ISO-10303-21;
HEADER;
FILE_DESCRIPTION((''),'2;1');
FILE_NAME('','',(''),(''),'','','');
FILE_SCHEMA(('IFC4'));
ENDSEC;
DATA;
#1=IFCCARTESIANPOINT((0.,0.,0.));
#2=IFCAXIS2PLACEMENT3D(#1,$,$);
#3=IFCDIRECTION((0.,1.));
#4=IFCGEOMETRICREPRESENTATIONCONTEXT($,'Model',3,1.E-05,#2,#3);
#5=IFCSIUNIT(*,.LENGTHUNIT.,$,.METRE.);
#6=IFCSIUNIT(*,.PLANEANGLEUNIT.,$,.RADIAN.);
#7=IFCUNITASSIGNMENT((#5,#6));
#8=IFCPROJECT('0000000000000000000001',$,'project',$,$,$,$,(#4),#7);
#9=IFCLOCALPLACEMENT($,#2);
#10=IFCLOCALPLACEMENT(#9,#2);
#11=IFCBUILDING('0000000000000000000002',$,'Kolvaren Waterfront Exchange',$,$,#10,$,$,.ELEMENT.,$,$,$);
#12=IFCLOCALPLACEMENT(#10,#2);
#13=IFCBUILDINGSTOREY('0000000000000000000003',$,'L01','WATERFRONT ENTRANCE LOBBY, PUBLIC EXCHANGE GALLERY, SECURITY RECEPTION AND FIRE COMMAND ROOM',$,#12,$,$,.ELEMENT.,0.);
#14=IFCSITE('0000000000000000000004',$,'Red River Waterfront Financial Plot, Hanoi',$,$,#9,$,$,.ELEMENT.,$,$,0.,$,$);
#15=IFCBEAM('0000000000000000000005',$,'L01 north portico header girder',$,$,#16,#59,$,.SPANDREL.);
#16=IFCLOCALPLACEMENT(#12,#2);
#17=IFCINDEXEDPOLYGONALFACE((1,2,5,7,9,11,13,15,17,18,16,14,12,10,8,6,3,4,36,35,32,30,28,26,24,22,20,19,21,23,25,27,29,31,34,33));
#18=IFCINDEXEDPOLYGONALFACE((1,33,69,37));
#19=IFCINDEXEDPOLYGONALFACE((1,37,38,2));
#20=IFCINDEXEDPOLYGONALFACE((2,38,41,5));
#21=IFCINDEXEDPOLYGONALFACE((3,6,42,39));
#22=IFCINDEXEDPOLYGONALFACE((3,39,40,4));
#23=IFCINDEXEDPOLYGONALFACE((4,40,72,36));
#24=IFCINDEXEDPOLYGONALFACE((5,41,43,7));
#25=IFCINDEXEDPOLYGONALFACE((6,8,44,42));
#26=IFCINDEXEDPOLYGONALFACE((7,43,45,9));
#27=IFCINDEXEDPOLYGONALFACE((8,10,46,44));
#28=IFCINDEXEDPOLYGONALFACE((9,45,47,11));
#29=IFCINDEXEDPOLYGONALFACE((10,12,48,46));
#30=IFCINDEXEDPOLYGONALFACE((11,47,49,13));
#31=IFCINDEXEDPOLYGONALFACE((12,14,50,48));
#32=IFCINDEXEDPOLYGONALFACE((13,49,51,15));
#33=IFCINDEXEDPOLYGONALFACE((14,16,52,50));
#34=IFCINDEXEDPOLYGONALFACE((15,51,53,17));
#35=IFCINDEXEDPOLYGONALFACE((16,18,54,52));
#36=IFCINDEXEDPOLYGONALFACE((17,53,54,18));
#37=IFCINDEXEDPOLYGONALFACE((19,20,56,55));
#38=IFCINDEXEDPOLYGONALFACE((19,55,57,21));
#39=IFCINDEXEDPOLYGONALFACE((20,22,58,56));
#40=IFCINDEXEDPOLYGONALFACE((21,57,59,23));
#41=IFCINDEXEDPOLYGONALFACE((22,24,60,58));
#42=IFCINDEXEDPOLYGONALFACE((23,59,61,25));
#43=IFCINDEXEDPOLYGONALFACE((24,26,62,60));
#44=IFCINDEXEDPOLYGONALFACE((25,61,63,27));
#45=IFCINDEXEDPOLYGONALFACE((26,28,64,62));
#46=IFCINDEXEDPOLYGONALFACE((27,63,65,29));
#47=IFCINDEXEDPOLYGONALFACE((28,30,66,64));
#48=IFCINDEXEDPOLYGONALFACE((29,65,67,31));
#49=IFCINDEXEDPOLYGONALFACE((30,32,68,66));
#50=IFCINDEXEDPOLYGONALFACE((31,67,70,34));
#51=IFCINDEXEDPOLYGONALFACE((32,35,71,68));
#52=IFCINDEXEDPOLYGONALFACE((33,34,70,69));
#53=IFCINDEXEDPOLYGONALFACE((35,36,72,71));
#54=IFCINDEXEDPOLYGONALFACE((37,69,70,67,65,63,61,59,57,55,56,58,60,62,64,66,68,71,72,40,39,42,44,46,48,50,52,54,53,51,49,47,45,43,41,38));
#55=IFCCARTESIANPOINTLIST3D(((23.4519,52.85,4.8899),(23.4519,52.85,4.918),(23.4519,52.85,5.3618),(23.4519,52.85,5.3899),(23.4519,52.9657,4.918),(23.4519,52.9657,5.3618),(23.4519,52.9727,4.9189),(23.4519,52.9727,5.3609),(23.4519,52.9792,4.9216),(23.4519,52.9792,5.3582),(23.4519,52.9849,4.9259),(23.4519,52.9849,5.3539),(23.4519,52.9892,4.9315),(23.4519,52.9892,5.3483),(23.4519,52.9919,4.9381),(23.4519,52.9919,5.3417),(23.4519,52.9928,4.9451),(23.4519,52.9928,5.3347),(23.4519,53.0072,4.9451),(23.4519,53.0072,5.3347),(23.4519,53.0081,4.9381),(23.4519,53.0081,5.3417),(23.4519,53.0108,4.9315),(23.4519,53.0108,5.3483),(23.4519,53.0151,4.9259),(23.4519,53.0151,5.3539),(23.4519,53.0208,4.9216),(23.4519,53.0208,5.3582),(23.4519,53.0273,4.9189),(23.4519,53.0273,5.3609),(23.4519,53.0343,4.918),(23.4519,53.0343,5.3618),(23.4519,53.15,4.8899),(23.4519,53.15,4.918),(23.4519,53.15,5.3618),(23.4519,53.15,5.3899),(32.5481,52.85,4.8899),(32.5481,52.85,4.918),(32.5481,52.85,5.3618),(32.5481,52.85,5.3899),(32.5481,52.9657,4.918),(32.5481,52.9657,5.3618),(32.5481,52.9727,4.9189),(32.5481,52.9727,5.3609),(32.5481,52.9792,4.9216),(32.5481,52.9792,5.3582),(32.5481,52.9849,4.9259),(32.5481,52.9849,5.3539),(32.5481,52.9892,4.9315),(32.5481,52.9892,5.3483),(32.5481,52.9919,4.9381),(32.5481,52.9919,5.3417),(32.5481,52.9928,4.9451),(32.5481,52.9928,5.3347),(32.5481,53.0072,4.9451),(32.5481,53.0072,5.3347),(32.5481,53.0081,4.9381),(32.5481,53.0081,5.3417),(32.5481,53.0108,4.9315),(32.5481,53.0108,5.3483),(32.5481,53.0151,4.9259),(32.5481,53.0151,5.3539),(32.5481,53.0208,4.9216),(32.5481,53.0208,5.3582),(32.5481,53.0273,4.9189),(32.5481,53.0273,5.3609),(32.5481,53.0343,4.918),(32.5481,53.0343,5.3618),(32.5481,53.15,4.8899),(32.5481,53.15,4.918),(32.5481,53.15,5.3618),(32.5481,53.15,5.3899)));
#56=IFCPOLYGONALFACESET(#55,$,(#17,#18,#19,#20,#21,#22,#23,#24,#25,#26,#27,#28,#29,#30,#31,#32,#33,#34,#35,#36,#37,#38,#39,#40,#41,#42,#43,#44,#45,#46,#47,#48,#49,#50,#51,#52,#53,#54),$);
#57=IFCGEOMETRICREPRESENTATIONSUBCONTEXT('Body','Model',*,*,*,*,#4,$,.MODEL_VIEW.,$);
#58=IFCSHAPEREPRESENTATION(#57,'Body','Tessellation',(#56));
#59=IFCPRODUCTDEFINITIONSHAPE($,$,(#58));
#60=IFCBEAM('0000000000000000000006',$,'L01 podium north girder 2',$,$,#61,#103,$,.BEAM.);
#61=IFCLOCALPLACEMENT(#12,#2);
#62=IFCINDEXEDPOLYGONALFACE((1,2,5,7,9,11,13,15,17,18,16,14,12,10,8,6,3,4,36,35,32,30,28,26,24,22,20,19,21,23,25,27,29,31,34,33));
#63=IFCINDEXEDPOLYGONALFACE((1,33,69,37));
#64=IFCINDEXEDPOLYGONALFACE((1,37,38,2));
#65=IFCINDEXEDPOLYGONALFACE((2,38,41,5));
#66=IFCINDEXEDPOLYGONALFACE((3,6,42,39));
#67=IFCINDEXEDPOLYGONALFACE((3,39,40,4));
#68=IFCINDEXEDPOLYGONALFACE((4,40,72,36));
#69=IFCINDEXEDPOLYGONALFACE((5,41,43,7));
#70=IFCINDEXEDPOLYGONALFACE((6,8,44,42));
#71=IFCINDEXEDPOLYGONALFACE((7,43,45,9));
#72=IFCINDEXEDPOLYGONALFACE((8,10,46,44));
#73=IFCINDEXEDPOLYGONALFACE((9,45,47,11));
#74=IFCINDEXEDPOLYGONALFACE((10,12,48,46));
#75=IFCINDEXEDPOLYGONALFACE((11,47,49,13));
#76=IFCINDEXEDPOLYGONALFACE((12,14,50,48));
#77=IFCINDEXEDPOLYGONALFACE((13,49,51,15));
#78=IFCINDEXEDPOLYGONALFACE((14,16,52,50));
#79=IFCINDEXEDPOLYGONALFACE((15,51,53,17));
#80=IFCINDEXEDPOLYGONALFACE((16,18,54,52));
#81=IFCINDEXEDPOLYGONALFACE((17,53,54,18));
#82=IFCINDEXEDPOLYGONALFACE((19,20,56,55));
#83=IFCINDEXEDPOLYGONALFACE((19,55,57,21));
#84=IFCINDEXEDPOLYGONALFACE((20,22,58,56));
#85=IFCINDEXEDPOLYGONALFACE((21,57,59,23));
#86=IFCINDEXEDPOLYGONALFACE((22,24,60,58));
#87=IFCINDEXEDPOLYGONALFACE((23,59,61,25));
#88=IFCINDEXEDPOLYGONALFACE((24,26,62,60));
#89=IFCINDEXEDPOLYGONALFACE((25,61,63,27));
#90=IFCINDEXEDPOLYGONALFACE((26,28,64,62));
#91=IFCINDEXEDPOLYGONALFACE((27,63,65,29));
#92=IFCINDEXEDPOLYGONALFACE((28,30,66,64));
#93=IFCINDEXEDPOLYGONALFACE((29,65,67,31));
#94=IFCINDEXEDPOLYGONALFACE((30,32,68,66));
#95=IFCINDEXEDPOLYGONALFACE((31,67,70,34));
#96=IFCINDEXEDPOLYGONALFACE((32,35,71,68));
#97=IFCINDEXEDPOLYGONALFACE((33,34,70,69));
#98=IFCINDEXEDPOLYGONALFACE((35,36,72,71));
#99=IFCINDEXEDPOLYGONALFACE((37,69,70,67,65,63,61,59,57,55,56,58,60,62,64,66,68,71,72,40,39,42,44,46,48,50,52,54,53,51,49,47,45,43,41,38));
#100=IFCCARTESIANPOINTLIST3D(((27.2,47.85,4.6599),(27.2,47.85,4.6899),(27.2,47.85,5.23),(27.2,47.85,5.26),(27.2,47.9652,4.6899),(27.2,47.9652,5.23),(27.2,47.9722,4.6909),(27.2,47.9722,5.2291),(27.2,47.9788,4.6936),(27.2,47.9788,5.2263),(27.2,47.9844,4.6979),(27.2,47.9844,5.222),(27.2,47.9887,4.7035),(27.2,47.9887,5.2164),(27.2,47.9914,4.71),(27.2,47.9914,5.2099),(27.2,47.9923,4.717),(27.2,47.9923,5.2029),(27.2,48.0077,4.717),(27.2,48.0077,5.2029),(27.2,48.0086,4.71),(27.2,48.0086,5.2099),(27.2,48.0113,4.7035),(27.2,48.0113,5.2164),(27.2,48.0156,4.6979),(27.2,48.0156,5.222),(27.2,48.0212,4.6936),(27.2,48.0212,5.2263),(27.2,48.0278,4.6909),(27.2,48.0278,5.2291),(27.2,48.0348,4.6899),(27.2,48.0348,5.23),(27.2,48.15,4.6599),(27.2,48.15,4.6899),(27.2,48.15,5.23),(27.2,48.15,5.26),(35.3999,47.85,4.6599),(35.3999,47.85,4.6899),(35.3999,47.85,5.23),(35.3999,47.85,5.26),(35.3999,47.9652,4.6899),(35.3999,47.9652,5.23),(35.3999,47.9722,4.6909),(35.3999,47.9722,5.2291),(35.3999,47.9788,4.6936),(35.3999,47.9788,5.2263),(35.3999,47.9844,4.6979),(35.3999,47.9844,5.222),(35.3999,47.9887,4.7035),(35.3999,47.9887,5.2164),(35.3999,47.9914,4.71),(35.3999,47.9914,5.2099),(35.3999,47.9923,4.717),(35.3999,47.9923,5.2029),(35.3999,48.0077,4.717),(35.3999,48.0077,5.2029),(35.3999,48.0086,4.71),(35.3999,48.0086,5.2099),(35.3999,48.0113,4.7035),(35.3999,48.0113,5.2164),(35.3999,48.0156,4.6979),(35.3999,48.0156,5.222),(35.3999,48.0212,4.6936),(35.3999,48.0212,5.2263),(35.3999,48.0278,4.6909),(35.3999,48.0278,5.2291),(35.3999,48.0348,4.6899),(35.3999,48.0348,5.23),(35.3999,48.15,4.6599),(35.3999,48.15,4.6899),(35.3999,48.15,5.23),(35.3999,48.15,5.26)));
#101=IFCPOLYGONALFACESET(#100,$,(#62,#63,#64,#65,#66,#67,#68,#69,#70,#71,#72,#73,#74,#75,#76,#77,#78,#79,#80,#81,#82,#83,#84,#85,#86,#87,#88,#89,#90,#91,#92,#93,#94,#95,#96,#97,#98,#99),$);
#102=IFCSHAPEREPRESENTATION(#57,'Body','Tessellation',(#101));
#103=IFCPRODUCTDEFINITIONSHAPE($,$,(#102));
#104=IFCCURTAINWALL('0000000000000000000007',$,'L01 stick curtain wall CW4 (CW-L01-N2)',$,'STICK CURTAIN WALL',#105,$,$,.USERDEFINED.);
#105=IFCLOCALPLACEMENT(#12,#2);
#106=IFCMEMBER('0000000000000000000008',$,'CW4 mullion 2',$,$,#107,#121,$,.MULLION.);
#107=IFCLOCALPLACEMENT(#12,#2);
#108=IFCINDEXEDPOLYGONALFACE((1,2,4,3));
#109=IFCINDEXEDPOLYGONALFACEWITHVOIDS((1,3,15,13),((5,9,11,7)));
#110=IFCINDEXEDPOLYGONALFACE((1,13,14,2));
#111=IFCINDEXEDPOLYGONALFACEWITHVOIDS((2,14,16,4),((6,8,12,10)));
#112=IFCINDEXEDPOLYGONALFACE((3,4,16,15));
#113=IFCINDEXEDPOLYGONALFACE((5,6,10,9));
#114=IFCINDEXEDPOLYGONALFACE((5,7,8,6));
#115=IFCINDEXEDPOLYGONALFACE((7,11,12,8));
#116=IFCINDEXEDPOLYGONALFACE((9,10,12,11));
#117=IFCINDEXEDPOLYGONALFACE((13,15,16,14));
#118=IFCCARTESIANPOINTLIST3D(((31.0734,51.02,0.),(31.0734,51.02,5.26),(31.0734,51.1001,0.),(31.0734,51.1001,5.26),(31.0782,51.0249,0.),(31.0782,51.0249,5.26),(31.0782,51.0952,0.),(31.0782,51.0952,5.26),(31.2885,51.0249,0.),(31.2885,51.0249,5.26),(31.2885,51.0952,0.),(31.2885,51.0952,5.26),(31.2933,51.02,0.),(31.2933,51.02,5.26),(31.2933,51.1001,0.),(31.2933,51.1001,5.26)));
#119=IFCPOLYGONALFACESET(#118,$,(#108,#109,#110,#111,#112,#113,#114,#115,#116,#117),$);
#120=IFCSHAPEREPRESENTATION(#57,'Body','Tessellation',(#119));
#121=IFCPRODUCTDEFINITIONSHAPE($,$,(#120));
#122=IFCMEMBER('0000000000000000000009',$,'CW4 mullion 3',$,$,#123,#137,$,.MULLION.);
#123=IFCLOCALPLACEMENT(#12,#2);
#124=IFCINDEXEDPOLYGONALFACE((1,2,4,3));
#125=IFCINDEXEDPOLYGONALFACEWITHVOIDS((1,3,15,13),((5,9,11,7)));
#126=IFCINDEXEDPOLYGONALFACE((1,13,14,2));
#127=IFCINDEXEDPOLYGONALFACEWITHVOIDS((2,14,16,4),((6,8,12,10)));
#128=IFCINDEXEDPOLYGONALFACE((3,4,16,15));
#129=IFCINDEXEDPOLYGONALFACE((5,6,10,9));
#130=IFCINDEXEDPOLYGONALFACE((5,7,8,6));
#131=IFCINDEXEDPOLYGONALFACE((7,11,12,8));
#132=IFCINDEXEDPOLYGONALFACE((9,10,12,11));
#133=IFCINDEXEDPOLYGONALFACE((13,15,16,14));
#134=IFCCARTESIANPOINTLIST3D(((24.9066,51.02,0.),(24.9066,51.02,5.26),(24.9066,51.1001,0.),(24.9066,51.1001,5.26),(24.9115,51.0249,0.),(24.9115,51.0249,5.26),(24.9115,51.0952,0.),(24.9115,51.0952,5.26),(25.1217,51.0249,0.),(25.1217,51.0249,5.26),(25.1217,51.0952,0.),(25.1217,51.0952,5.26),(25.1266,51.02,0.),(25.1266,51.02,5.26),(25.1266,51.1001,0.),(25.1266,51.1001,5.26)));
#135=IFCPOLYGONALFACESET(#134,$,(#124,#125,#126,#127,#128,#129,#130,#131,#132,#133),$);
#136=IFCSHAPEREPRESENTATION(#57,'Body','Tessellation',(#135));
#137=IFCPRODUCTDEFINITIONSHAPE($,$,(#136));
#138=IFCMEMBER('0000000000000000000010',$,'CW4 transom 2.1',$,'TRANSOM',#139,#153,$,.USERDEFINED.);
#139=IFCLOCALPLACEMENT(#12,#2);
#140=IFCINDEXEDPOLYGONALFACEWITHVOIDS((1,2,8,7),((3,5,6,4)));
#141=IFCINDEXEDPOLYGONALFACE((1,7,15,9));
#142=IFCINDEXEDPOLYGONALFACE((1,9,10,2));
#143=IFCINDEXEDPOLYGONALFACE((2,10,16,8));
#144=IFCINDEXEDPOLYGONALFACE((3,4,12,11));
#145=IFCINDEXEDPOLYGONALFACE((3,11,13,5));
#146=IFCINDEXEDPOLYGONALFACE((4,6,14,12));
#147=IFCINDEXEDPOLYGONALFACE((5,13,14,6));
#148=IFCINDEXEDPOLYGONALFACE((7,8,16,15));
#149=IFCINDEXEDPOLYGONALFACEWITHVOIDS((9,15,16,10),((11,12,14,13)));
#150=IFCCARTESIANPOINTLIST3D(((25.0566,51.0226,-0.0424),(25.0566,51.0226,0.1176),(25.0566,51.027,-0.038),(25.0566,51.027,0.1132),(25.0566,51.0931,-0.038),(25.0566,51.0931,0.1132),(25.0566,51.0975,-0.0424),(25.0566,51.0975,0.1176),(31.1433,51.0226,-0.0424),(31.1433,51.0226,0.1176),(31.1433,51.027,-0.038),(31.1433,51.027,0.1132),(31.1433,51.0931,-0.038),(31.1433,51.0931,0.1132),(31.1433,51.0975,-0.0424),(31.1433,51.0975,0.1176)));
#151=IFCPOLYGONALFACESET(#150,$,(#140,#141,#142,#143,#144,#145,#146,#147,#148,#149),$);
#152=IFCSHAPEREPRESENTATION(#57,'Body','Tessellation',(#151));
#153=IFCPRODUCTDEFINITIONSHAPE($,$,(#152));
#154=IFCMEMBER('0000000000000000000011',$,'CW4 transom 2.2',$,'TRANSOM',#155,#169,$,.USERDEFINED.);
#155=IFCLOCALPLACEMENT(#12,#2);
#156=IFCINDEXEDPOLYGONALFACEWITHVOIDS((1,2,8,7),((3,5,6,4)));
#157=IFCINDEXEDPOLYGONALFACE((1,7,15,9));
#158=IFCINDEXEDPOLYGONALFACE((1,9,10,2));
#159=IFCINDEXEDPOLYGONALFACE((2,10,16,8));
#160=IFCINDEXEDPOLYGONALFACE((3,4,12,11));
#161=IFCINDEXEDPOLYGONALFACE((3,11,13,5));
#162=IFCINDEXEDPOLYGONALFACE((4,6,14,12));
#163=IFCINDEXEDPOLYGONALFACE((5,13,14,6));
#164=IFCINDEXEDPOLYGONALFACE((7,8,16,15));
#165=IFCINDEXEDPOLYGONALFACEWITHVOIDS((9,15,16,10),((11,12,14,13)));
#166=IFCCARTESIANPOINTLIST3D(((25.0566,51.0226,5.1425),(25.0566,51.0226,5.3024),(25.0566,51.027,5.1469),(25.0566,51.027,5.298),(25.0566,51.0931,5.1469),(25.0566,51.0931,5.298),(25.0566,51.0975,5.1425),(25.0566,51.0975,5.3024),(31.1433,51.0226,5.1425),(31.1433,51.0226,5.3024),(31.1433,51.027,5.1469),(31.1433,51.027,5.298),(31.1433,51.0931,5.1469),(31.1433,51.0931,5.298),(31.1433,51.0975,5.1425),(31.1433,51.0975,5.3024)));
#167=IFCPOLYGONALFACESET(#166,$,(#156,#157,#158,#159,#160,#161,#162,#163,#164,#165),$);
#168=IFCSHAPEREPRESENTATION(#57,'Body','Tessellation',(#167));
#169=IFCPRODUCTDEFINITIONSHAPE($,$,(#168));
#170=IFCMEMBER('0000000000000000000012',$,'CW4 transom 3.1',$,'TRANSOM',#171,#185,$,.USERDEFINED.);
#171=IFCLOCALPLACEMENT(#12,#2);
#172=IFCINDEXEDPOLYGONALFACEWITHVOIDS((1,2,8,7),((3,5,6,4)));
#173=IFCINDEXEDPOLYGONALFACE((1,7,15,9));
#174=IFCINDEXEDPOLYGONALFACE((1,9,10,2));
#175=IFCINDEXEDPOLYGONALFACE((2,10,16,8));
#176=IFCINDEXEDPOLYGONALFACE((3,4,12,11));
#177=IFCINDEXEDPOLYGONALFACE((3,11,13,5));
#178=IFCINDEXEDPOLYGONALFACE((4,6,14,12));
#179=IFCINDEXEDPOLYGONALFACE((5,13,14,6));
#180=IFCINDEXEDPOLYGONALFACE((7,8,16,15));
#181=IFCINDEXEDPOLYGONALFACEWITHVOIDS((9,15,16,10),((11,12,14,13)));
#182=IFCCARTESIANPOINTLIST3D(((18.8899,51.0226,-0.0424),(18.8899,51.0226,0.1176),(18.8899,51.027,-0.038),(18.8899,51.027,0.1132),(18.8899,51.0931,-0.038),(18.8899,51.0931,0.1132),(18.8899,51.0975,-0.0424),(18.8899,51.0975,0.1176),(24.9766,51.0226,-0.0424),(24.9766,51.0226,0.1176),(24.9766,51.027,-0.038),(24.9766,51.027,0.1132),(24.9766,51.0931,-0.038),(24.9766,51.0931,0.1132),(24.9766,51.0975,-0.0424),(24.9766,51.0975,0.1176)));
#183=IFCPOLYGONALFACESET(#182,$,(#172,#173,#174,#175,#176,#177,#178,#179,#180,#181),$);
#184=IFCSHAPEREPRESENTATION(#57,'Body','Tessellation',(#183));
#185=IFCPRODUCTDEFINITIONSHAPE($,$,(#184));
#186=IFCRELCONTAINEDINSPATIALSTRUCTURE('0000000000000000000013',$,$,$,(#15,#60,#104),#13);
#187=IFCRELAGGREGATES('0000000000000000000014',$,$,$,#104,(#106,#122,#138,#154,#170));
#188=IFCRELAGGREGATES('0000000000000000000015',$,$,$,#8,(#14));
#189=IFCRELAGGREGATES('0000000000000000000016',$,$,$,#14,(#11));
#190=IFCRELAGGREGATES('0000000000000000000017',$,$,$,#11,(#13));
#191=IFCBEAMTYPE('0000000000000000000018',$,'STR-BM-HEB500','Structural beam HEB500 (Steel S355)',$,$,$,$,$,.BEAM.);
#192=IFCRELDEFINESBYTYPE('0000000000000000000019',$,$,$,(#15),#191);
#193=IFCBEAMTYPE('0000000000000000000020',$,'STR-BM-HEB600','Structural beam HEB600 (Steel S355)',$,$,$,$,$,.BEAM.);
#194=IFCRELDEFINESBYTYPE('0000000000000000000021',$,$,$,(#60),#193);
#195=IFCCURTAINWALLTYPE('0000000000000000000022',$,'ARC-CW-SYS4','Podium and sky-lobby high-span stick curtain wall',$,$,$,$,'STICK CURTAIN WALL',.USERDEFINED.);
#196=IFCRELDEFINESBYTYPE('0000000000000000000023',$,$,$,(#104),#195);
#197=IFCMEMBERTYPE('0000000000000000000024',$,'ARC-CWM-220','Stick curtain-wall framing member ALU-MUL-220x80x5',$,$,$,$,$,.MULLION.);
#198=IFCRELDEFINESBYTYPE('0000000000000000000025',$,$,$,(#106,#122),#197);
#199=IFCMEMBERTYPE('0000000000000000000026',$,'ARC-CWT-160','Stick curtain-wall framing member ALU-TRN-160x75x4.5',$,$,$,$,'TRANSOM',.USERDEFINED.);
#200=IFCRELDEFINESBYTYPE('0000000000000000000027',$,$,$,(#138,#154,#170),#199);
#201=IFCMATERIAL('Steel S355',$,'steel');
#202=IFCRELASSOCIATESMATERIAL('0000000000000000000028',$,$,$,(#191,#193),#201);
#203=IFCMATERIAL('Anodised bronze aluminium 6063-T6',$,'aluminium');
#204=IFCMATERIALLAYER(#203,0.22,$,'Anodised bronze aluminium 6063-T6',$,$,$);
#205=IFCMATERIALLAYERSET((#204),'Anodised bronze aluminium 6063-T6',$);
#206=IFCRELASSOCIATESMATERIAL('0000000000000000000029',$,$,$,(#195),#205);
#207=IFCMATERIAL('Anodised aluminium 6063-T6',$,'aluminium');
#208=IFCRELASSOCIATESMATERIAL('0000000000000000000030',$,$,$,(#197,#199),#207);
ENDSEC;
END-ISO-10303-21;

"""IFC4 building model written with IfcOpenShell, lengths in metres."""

from ifc_helpers import new_model, si_unit, direction, frame, origin, origin_with_axes, origin_2d, place, context, subcontext, project, spatial, hollow_rectangle, i_section, extrude, source, transform, mapped, material, layer, layer_set, material_profile, profile_set, type_object, element, aggregate, save


model = new_model("IFC4")

# Units and contexts
model_context = context("Model", 3, precision=1e-05, world=origin(), true_north=direction((0.0, 1.0)))
body_context = subcontext(model_context, "Body", "Model", "MODEL_VIEW")
ifc_project = project(units=[si_unit("LENGTHUNIT", "METRE"), si_unit("PLANEANGLEUNIT", "RADIAN")], contexts=[model_context])

# Site, building, storey
site_placement = place(None, origin())
site = spatial("IfcSite", under=ifc_project, at=site_placement, Name="Red River Waterfront Financial Plot, Hanoi", CompositionType="ELEMENT", RefElevation=0.0)
building_placement = place(site_placement, origin())
building = spatial("IfcBuilding", under=site, at=building_placement, Name="Kolvaren Waterfront Exchange", CompositionType="ELEMENT")
storey_placement = place(building_placement, origin())
storey = spatial("IfcBuildingStorey", under=building, at=storey_placement, Name="L01", Description="WATERFRONT ENTRANCE LOBBY, PUBLIC EXCHANGE GALLERY, SECURITY RECEPTION AND FIRE COMMAND ROOM", CompositionType="ELEMENT", Elevation=0.0)

# Beams
ifc_material_1 = material(Name="Steel S355", Category="steel")
ifc_material_profile_1 = material_profile(ifc_material_1, i_section(OverallWidth=0.3, OverallDepth=0.5, WebThickness=0.0144, FlangeThickness=0.0281, FilletRadius=0.0271, at=origin_2d()), Name="HEB500")
ifc_profile_set_1 = profile_set([ifc_material_profile_1], Name="Steel S355")
beam_type_1 = type_object("IfcBeamType", Name="STR-BM-HEB500", Description="Structural beam HEB500 (Steel S355)", PredefinedType="BEAM", material=ifc_profile_set_1)
beam_1_placement = place(storey_placement, frame((23.4519, 53.0, 5.1399), z_axis=(1.0, 0.0, 0.0), x_axis=(0.0, 1.0, 0.0)))
element("IfcBeam", 1, at=beam_1_placement, inside=storey, type_object=beam_type_1, Name="L01 north portico header girder", PredefinedType="SPANDREL", context=body_context, shape_type="SweptSolid", body=[
    extrude(i_section(OverallWidth=0.3, OverallDepth=0.5, WebThickness=0.0144, FlangeThickness=0.0281, FilletRadius=0.0271, at=origin_2d()), origin(), (0.0, 0.0, 1.0), 9.0962),
])
ifc_material_profile_2 = material_profile(ifc_material_1, i_section(OverallWidth=0.3, OverallDepth=0.6001, WebThickness=0.0154, FlangeThickness=0.03, FilletRadius=0.0271, at=origin_2d()), Name="HEB600")
ifc_profile_set_2 = profile_set([ifc_material_profile_2], Name="Steel S355")
beam_type_2 = type_object("IfcBeamType", Name="STR-BM-HEB600", Description="Structural beam HEB600 (Steel S355)", PredefinedType="BEAM", material=ifc_profile_set_2)
beam_2_placement = place(storey_placement, frame((27.2, 48.0, 4.96), z_axis=(1.0, 0.0, 0.0), x_axis=(0.0, 1.0, 0.0)))
element("IfcBeam", 2, at=beam_2_placement, inside=storey, type_object=beam_type_2, Name="L01 podium north girder 2", PredefinedType="BEAM", context=body_context, shape_type="SweptSolid", body=[
    extrude(i_section(OverallWidth=0.3, OverallDepth=0.6001, WebThickness=0.0154, FlangeThickness=0.03, FilletRadius=0.0271, at=origin_2d()), origin(), (0.0, 0.0, 1.0), 8.2),
])

# Curtain wall, members
ifc_material_2 = material(Name="Anodised bronze aluminium 6063-T6", Category="aluminium")
ifc_layer_1 = layer(ifc_material_2, 0.22, Name="Anodised bronze aluminium 6063-T6")
ifc_layer_set_1 = layer_set([ifc_layer_1], Name="Anodised bronze aluminium 6063-T6")
curtain_wall_type = type_object("IfcCurtainWallType", Name="ARC-CW-SYS4", Description="Podium and sky-lobby high-span stick curtain wall", ElementType="STICK CURTAIN WALL", PredefinedType="USERDEFINED", material=ifc_layer_set_1)
curtain_wall_placement = place(storey_placement, origin())
curtain_wall = element("IfcCurtainWall", 3, at=curtain_wall_placement, inside=storey, type_object=curtain_wall_type, Name="L01 stick curtain wall CW4 (CW-L01-N2)", ObjectType="STICK CURTAIN WALL", PredefinedType="USERDEFINED")
ifc_material_3 = material(Name="Anodised aluminium 6063-T6", Category="aluminium")
ifc_material_profile_3 = material_profile(ifc_material_3, hollow_rectangle(XDim=0.0801, YDim=0.22, WallThickness=0.0049, at=origin_2d()), Name="ALU-MUL-220x80x5")
ifc_profile_set_3 = profile_set([ifc_material_profile_3], Name="Anodised aluminium 6063-T6")
member_type_1 = type_object("IfcMemberType", Name="ARC-CWM-220", Description="Stick curtain-wall framing member ALU-MUL-220x80x5", PredefinedType="MULLION", material=ifc_profile_set_3)
shared_shape_1 = source(origin_with_axes(), body_context, "Body", "SweptSolid", [
    extrude(hollow_rectangle(XDim=0.0801, YDim=0.22, WallThickness=0.0049, at=origin_2d()), origin(), (0.0, 0.0, 1.0), 5.26),
])
member_1_placement = place(storey_placement, frame((31.1833, 51.0601, 0.0), z_axis=(0.0, 0.0, 1.0), x_axis=(0.0, -1.0, 0.0)))
member_1 = element("IfcMember", 4, at=member_1_placement, type_object=member_type_1, Name="CW4 mullion 2", PredefinedType="MULLION", context=body_context, shape_type="MappedRepresentation", body=[
    mapped(shared_shape_1, transform((0.0, 0.0, 0.0), x_axis=(1.0, 0.0, 0.0), y_axis=(0.0, 1.0, 0.0), z_axis=(0.0, 0.0, 1.0), scale=1.0)),
])
member_2_placement = place(storey_placement, frame((25.0166, 51.0601, 0.0), z_axis=(0.0, 0.0, 1.0), x_axis=(0.0, -1.0, 0.0)))
member_2 = element("IfcMember", 5, at=member_2_placement, type_object=member_type_1, Name="CW4 mullion 3", PredefinedType="MULLION", context=body_context, shape_type="MappedRepresentation", body=[
    mapped(shared_shape_1, transform((0.0, 0.0, 0.0), x_axis=(1.0, 0.0, 0.0), y_axis=(0.0, 1.0, 0.0), z_axis=(0.0, 0.0, 1.0), scale=1.0)),
])
ifc_material_profile_4 = material_profile(ifc_material_3, hollow_rectangle(XDim=0.075, YDim=0.1599, WallThickness=0.0044, at=origin_2d()), Name="ALU-TRN-160x75x4.5")
ifc_profile_set_4 = profile_set([ifc_material_profile_4], Name="Anodised aluminium 6063-T6")
member_type_2 = type_object("IfcMemberType", Name="ARC-CWT-160", Description="Stick curtain-wall framing member ALU-TRN-160x75x4.5", ElementType="TRANSOM", PredefinedType="USERDEFINED", material=ifc_profile_set_4)
shared_shape_2 = source(origin_with_axes(), body_context, "Body", "SweptSolid", [
    extrude(hollow_rectangle(XDim=0.075, YDim=0.1599, WallThickness=0.0044, at=origin_2d()), origin(), (0.0, 0.0, 1.0), 6.0867),
])
member_3_placement = place(storey_placement, frame((31.1433, 51.0601, 0.0376), z_axis=(-1.0, 0.0, 0.0), x_axis=(0.0, -1.0, 0.0)))
member_3 = element("IfcMember", 6, at=member_3_placement, type_object=member_type_2, Name="CW4 transom 2.1", ObjectType="TRANSOM", PredefinedType="USERDEFINED", context=body_context, shape_type="MappedRepresentation", body=[
    mapped(shared_shape_2, transform((0.0, 0.0, 0.0), x_axis=(1.0, 0.0, 0.0), y_axis=(0.0, 1.0, 0.0), z_axis=(0.0, 0.0, 1.0), scale=1.0)),
])
member_4_placement = place(storey_placement, frame((31.1433, 51.0601, 5.2224), z_axis=(-1.0, 0.0, 0.0), x_axis=(0.0, -1.0, 0.0)))
member_4 = element("IfcMember", 7, at=member_4_placement, type_object=member_type_2, Name="CW4 transom 2.2", ObjectType="TRANSOM", PredefinedType="USERDEFINED", context=body_context, shape_type="MappedRepresentation", body=[
    mapped(shared_shape_2, transform((0.0, 0.0, 0.0), x_axis=(1.0, 0.0, 0.0), y_axis=(0.0, 1.0, 0.0), z_axis=(0.0, 0.0, 1.0), scale=1.0)),
])
member_5_placement = place(storey_placement, frame((24.9766, 51.0601, 0.0376), z_axis=(-1.0, 0.0, 0.0), x_axis=(0.0, -1.0, 0.0)))
member_5 = element("IfcMember", 8, at=member_5_placement, type_object=member_type_2, Name="CW4 transom 3.1", ObjectType="TRANSOM", PredefinedType="USERDEFINED", context=body_context, shape_type="MappedRepresentation", body=[
    mapped(shared_shape_2, transform((0.0, 0.0, 0.0), x_axis=(1.0, 0.0, 0.0), y_axis=(0.0, 1.0, 0.0), z_axis=(0.0, 0.0, 1.0), scale=1.0)),
])
aggregate(curtain_wall, [member_1, member_2, member_3, member_4, member_5])

save(model, "model.ifc")
